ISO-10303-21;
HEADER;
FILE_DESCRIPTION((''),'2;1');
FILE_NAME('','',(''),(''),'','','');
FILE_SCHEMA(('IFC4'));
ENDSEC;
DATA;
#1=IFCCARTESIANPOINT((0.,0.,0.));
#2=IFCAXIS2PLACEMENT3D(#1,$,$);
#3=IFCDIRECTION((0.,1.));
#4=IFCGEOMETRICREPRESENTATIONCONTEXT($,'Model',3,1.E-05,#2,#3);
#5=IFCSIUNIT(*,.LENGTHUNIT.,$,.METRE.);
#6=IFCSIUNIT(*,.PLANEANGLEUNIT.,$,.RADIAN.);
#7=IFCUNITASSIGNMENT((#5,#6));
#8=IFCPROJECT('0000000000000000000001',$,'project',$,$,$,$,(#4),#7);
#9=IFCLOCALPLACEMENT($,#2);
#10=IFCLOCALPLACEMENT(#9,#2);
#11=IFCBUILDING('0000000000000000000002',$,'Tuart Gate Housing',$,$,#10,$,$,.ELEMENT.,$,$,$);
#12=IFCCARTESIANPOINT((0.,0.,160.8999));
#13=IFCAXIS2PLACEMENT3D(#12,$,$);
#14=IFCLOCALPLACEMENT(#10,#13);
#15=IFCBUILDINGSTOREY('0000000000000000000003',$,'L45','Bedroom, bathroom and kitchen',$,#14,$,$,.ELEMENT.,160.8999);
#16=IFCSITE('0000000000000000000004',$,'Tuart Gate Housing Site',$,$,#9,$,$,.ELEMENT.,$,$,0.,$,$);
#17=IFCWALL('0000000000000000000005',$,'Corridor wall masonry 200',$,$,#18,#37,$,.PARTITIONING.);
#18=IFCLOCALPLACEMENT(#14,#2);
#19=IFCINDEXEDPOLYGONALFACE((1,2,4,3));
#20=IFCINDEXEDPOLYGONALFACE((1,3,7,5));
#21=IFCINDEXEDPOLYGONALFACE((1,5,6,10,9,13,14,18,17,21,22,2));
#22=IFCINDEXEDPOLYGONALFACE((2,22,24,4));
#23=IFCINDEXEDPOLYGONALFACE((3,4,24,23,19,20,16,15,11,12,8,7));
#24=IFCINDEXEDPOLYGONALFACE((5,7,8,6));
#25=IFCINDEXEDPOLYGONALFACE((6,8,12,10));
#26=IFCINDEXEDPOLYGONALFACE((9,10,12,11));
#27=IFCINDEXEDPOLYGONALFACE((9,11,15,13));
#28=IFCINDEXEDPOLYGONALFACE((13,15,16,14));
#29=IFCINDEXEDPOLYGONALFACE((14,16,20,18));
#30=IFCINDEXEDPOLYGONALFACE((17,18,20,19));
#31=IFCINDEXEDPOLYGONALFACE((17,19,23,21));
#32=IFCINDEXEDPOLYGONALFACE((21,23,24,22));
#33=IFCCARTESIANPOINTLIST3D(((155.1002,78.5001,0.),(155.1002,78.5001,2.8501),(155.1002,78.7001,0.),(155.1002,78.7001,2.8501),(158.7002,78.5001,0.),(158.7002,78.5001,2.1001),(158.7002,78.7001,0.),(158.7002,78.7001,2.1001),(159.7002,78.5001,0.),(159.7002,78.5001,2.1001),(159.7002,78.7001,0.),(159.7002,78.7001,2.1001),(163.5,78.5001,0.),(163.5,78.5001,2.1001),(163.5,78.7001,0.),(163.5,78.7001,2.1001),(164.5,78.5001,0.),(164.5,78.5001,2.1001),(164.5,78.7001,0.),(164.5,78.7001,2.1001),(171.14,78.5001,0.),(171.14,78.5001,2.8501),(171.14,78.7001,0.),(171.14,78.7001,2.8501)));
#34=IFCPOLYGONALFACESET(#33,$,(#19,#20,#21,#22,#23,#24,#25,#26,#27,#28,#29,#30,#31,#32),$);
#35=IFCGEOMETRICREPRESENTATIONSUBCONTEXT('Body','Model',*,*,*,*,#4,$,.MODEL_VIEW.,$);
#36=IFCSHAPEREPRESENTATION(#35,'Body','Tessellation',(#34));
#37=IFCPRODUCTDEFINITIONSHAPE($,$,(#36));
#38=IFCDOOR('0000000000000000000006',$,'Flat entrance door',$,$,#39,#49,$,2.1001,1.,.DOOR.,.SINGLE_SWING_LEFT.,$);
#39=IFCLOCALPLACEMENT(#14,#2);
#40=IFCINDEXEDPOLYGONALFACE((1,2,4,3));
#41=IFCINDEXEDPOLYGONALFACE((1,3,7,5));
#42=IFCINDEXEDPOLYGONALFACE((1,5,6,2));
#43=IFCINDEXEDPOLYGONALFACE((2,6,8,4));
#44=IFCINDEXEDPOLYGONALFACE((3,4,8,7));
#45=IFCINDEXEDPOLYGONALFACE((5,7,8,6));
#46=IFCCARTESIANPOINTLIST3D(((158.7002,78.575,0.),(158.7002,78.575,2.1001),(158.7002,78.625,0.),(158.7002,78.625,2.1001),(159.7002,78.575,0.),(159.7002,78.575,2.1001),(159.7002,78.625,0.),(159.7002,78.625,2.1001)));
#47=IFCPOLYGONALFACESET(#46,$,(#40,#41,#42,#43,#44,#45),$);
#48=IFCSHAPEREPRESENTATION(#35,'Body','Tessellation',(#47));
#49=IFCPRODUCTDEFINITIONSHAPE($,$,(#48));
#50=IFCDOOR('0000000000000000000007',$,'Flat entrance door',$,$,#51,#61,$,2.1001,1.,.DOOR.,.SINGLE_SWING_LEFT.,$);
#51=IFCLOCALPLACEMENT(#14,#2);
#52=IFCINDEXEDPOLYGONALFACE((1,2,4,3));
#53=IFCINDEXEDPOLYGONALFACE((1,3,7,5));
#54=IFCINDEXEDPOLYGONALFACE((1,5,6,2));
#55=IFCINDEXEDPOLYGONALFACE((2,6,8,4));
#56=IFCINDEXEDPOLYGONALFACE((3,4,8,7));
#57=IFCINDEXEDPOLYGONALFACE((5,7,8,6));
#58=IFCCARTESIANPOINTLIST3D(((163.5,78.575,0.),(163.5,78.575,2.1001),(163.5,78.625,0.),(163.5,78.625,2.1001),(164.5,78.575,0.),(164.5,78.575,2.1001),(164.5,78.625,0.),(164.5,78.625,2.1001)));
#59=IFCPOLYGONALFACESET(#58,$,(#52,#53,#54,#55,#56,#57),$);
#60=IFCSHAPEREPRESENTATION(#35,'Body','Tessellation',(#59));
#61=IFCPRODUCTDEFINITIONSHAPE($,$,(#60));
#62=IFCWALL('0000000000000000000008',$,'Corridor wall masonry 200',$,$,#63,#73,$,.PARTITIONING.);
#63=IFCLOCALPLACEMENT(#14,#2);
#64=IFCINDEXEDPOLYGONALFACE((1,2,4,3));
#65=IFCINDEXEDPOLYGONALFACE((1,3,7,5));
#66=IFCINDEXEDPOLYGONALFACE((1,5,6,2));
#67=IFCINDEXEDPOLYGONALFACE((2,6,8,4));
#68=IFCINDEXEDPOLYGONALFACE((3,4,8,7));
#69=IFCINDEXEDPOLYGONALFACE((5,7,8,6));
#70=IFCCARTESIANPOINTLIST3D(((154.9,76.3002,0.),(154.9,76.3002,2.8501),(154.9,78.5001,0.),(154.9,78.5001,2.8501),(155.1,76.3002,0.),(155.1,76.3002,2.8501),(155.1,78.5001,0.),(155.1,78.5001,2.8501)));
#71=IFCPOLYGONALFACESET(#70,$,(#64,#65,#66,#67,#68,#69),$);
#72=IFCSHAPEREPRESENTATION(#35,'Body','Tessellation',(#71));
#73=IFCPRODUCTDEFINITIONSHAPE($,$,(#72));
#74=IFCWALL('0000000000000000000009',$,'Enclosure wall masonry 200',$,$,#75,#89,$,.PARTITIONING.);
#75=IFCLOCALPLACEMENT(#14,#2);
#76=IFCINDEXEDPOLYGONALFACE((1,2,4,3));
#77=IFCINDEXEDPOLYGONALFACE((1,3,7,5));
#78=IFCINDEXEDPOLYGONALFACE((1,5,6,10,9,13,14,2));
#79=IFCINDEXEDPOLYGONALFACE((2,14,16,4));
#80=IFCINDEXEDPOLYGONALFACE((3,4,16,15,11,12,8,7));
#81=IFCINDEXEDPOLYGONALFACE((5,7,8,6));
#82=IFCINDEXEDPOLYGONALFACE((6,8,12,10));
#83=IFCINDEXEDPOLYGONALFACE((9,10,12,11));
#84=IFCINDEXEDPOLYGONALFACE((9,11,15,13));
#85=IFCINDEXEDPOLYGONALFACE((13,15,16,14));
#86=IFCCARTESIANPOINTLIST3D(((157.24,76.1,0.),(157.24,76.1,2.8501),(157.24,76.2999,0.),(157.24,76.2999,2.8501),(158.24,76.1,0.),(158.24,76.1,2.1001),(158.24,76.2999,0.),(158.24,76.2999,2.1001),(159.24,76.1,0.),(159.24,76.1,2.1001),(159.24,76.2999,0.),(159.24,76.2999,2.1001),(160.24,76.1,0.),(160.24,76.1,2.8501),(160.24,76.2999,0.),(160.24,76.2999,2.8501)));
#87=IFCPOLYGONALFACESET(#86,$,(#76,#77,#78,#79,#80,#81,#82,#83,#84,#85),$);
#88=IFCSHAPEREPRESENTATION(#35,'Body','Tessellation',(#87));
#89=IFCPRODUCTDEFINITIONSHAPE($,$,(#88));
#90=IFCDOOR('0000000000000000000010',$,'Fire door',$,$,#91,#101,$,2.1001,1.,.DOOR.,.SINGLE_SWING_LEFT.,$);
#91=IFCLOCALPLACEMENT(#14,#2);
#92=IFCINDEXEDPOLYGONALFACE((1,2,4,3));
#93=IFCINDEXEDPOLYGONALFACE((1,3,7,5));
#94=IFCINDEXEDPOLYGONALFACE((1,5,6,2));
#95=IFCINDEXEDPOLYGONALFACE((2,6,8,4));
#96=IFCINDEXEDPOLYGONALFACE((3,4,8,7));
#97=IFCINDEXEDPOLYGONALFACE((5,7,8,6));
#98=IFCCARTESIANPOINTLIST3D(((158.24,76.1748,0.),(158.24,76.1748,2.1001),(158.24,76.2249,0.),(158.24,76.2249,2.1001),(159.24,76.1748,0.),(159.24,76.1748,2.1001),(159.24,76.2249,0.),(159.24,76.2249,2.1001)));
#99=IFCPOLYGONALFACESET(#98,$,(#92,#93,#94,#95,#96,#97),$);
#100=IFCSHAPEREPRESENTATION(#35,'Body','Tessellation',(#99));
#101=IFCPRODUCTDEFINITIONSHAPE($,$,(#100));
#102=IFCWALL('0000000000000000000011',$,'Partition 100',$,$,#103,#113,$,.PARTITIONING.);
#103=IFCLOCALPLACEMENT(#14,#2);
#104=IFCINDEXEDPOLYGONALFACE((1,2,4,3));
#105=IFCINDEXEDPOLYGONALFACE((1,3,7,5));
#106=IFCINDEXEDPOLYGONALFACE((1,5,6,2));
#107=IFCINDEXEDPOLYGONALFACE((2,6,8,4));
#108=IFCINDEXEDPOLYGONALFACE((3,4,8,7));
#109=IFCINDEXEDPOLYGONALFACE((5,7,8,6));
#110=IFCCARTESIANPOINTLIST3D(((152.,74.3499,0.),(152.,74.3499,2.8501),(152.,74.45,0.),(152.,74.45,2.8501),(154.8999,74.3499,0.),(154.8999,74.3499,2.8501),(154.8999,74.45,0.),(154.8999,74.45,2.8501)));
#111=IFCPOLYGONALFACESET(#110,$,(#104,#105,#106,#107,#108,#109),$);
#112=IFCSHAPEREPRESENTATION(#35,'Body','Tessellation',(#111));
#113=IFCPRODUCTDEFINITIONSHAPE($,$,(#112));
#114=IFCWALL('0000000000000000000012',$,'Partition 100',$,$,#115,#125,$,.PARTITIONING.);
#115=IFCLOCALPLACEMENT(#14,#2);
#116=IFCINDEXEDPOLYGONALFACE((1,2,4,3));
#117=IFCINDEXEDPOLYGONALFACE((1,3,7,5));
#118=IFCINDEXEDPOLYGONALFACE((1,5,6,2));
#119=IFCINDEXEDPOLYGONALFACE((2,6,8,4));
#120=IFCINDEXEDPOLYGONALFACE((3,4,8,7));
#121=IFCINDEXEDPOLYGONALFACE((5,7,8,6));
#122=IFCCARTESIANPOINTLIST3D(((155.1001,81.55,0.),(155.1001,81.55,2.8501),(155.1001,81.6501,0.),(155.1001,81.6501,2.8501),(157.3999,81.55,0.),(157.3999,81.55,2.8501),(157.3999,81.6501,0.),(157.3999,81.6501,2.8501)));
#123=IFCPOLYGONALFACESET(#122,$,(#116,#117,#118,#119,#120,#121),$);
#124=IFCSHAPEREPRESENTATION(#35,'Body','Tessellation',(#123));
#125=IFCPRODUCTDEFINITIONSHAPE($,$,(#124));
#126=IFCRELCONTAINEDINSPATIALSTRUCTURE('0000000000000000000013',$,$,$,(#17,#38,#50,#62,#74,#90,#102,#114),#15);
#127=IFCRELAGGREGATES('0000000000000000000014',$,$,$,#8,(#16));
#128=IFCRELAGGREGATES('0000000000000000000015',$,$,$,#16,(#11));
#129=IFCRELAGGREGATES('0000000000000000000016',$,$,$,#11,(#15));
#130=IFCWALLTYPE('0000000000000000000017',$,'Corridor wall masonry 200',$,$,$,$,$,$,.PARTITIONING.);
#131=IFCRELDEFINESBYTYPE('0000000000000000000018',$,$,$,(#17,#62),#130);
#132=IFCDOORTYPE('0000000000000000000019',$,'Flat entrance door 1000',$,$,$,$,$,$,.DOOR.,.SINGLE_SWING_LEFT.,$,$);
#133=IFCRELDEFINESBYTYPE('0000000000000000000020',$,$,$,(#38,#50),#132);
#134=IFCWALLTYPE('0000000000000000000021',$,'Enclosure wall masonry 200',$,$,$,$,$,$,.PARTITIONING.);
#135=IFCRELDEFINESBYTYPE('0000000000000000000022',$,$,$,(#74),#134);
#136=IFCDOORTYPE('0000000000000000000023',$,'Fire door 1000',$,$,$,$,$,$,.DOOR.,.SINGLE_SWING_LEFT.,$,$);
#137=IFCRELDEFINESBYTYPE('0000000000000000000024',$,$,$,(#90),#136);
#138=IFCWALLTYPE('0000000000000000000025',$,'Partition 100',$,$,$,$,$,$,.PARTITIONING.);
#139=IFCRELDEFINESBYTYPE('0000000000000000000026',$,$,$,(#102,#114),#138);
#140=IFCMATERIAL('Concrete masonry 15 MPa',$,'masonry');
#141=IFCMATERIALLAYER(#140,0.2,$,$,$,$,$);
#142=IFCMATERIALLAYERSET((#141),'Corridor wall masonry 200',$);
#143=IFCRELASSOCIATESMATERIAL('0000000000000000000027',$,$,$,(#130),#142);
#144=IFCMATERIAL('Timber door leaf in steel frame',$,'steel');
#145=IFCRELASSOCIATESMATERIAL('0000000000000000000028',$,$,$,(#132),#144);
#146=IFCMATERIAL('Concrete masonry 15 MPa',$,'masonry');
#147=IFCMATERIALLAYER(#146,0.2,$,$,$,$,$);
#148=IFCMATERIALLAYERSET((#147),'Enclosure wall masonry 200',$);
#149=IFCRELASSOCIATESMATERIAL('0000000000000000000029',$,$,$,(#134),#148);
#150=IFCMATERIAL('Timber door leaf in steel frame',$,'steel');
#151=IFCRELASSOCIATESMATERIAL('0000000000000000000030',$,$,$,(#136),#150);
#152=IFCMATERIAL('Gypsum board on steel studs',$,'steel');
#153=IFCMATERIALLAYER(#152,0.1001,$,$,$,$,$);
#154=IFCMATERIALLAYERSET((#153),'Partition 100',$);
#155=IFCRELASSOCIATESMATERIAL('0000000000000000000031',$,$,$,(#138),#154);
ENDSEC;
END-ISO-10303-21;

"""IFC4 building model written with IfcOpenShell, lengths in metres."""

from ifc_helpers import new_model, si_unit, direction, frame, frame_2d, origin, place, context, subcontext, project, spatial, rectangle, extrude, material, layer, layer_set, type_object, element, fill, save


model = new_model("IFC4")

# Units and contexts
model_context = context("Model", 3, precision=1e-05, world=origin(), true_north=direction((0.0, 1.0)))
body_context = subcontext(model_context, "Body", "Model", "MODEL_VIEW")
ifc_project = project(units=[si_unit("LENGTHUNIT", "METRE"), si_unit("PLANEANGLEUNIT", "RADIAN")], contexts=[model_context])

# Site, building, storey
site_placement = place(None, origin())
site = spatial("IfcSite", under=ifc_project, at=site_placement, Name="Tuart Gate Housing Site", CompositionType="ELEMENT", RefElevation=0.0)
building_placement = place(site_placement, origin())
building = spatial("IfcBuilding", under=site, at=building_placement, Name="Tuart Gate Housing", CompositionType="ELEMENT")
storey_placement = place(building_placement, frame((0.0, 0.0, 160.8999)))
storey = spatial("IfcBuildingStorey", under=building, at=storey_placement, Name="L45", Description="Bedroom, bathroom and kitchen", CompositionType="ELEMENT", Elevation=160.8999)

# Shared definitions
ifc_material_1 = material(Name="Concrete masonry 15 MPa", Category="masonry")
ifc_layer_1 = layer(ifc_material_1, 0.2)
ifc_layer_set_1 = layer_set([ifc_layer_1], Name="Corridor wall masonry 200")
wall_type_1 = type_object("IfcWallType", Name="Corridor wall masonry 200", PredefinedType="PARTITIONING", material=ifc_layer_set_1)

# Wall, openings, doors
wall_1_placement = place(storey_placement, frame((155.1001, 78.6001, 0.0), z_axis=(0.0, 0.0, 1.0), x_axis=(1.0, 0.0, 0.0)))
wall_1 = element("IfcWall", 1, at=wall_1_placement, inside=storey, type_object=wall_type_1, Name="Corridor wall masonry 200", PredefinedType="PARTITIONING", context=body_context, shape_type="SweptSolid", body=[
    extrude(rectangle(XDim=16.0398, YDim=0.2, at=frame_2d((8.02, 0.0))), origin(), (0.0, 0.0, 1.0), 2.8501),
])
opening_1_placement = place(wall_1_placement, frame((3.6001, 0.0, 0.0)))
opening_1 = element("IfcOpeningElement", 2, at=opening_1_placement, cuts=wall_1, PredefinedType="OPENING", context=body_context, shape_type="SweptSolid", body=[
    extrude(rectangle(XDim=1.0, YDim=2.1001, at=frame_2d((0.5, 1.05))), frame((0.0, 0.1099, 0.0), z_axis=(0.0, -1.0, 0.0), x_axis=(1.0, 0.0, 0.0)), (0.0, 0.0, 1.0), 0.22),
])
opening_2_placement = place(wall_1_placement, frame((8.3999, 0.0, 0.0)))
opening_2 = element("IfcOpeningElement", 3, at=opening_2_placement, cuts=wall_1, PredefinedType="OPENING", context=body_context, shape_type="SweptSolid", body=[
    extrude(rectangle(XDim=1.0, YDim=2.1001, at=frame_2d((0.5, 1.05))), frame((0.0, 0.1099, 0.0), z_axis=(0.0, -1.0, 0.0), x_axis=(1.0, 0.0, 0.0)), (0.0, 0.0, 1.0), 0.22),
])
ifc_material_2 = material(Name="Timber door leaf in steel frame", Category="steel")
door_type_1 = type_object("IfcDoorType", Name="Flat entrance door 1000", OperationType="SINGLE_SWING_LEFT", PredefinedType="DOOR", material=ifc_material_2)
door_1_placement = place(opening_1_placement, origin())
door_1 = element("IfcDoor", 4, at=door_1_placement, inside=storey, type_object=door_type_1, Name="Flat entrance door", OperationType="SINGLE_SWING_LEFT", OverallHeight=2.1001, OverallWidth=1.0, PredefinedType="DOOR", context=body_context, shape_type="SweptSolid", body=[
    extrude(rectangle(XDim=1.0, YDim=2.1001, at=frame_2d((0.5, 1.05))), frame((0.0, 0.0249, 0.0), z_axis=(0.0, -1.0, 0.0), x_axis=(1.0, 0.0, 0.0)), (0.0, 0.0, 1.0), 0.05),
])
fill(opening_1, door_1)
door_2_placement = place(opening_2_placement, origin())
door_2 = element("IfcDoor", 5, at=door_2_placement, inside=storey, type_object=door_type_1, Name="Flat entrance door", OperationType="SINGLE_SWING_LEFT", OverallHeight=2.1001, OverallWidth=1.0, PredefinedType="DOOR", context=body_context, shape_type="SweptSolid", body=[
    extrude(rectangle(XDim=1.0, YDim=2.1001, at=frame_2d((0.5, 1.05))), frame((0.0, 0.0249, 0.0), z_axis=(0.0, -1.0, 0.0), x_axis=(1.0, 0.0, 0.0)), (0.0, 0.0, 1.0), 0.05),
])
fill(opening_2, door_2)

# Wall
wall_2_placement = place(storey_placement, frame((155.0, 76.3, 0.0), z_axis=(0.0, 0.0, 1.0), x_axis=(0.0, 1.0, 0.0)))
element("IfcWall", 6, at=wall_2_placement, inside=storey, type_object=wall_type_1, Name="Corridor wall masonry 200", PredefinedType="PARTITIONING", context=body_context, shape_type="SweptSolid", body=[
    extrude(rectangle(XDim=2.2, YDim=0.2, at=frame_2d((1.1001, 0.0))), origin(), (0.0, 0.0, 1.0), 2.8501),
])

# Wall, opening, door
ifc_material_3 = material(Name="Concrete masonry 15 MPa", Category="masonry")
ifc_layer_2 = layer(ifc_material_3, 0.2)
ifc_layer_set_2 = layer_set([ifc_layer_2], Name="Enclosure wall masonry 200")
wall_type_2 = type_object("IfcWallType", Name="Enclosure wall masonry 200", PredefinedType="PARTITIONING", material=ifc_layer_set_2)
wall_3_placement = place(storey_placement, frame((157.24, 76.2, 0.0), z_axis=(0.0, 0.0, 1.0), x_axis=(1.0, 0.0, 0.0)))
wall_3 = element("IfcWall", 7, at=wall_3_placement, inside=storey, type_object=wall_type_2, Name="Enclosure wall masonry 200", PredefinedType="PARTITIONING", context=body_context, shape_type="SweptSolid", body=[
    extrude(rectangle(XDim=3.0, YDim=0.2, at=frame_2d((1.5, 0.0))), origin(), (0.0, 0.0, 1.0), 2.8501),
])
opening_3_placement = place(wall_3_placement, frame((1.0, 0.0, 0.0)))
opening_3 = element("IfcOpeningElement", 8, at=opening_3_placement, cuts=wall_3, PredefinedType="OPENING", context=body_context, shape_type="SweptSolid", body=[
    extrude(rectangle(XDim=1.0, YDim=2.1001, at=frame_2d((0.5, 1.05))), frame((0.0, 0.1099, 0.0), z_axis=(0.0, -1.0, 0.0), x_axis=(1.0, 0.0, 0.0)), (0.0, 0.0, 1.0), 0.22),
])
ifc_material_4 = material(Name="Timber door leaf in steel frame", Category="steel")
door_type_2 = type_object("IfcDoorType", Name="Fire door 1000", OperationType="SINGLE_SWING_LEFT", PredefinedType="DOOR", material=ifc_material_4)
door_3_placement = place(opening_3_placement, origin())
door_3 = element("IfcDoor", 9, at=door_3_placement, inside=storey, type_object=door_type_2, Name="Fire door", OperationType="SINGLE_SWING_LEFT", OverallHeight=2.1001, OverallWidth=1.0, PredefinedType="DOOR", context=body_context, shape_type="SweptSolid", body=[
    extrude(rectangle(XDim=1.0, YDim=2.1001, at=frame_2d((0.5, 1.05))), frame((0.0, 0.0249, 0.0), z_axis=(0.0, -1.0, 0.0), x_axis=(1.0, 0.0, 0.0)), (0.0, 0.0, 1.0), 0.05),
])
fill(opening_3, door_3)

# Walls
ifc_material_5 = material(Name="Gypsum board on steel studs", Category="steel")
ifc_layer_3 = layer(ifc_material_5, 0.1001)
ifc_layer_set_3 = layer_set([ifc_layer_3], Name="Partition 100")
wall_type_3 = type_object("IfcWallType", Name="Partition 100", PredefinedType="PARTITIONING", material=ifc_layer_set_3)
wall_4_placement = place(storey_placement, frame((152.0, 74.3999, 0.0), z_axis=(0.0, 0.0, 1.0), x_axis=(1.0, 0.0, 0.0)))
element("IfcWall", 10, at=wall_4_placement, inside=storey, type_object=wall_type_3, Name="Partition 100", PredefinedType="PARTITIONING", context=body_context, shape_type="SweptSolid", body=[
    extrude(rectangle(XDim=2.8999, YDim=0.1001, at=frame_2d((1.45, 0.0))), origin(), (0.0, 0.0, 1.0), 2.8501),
])
wall_5_placement = place(storey_placement, frame((155.1001, 81.6001, 0.0), z_axis=(0.0, 0.0, 1.0), x_axis=(1.0, 0.0, 0.0)))
element("IfcWall", 11, at=wall_5_placement, inside=storey, type_object=wall_type_3, Name="Partition 100", PredefinedType="PARTITIONING", context=body_context, shape_type="SweptSolid", body=[
    extrude(rectangle(XDim=2.2998, YDim=0.1001, at=frame_2d((1.1499, 0.0))), origin(), (0.0, 0.0, 1.0), 2.8501),
])

save(model, "model.ifc")
